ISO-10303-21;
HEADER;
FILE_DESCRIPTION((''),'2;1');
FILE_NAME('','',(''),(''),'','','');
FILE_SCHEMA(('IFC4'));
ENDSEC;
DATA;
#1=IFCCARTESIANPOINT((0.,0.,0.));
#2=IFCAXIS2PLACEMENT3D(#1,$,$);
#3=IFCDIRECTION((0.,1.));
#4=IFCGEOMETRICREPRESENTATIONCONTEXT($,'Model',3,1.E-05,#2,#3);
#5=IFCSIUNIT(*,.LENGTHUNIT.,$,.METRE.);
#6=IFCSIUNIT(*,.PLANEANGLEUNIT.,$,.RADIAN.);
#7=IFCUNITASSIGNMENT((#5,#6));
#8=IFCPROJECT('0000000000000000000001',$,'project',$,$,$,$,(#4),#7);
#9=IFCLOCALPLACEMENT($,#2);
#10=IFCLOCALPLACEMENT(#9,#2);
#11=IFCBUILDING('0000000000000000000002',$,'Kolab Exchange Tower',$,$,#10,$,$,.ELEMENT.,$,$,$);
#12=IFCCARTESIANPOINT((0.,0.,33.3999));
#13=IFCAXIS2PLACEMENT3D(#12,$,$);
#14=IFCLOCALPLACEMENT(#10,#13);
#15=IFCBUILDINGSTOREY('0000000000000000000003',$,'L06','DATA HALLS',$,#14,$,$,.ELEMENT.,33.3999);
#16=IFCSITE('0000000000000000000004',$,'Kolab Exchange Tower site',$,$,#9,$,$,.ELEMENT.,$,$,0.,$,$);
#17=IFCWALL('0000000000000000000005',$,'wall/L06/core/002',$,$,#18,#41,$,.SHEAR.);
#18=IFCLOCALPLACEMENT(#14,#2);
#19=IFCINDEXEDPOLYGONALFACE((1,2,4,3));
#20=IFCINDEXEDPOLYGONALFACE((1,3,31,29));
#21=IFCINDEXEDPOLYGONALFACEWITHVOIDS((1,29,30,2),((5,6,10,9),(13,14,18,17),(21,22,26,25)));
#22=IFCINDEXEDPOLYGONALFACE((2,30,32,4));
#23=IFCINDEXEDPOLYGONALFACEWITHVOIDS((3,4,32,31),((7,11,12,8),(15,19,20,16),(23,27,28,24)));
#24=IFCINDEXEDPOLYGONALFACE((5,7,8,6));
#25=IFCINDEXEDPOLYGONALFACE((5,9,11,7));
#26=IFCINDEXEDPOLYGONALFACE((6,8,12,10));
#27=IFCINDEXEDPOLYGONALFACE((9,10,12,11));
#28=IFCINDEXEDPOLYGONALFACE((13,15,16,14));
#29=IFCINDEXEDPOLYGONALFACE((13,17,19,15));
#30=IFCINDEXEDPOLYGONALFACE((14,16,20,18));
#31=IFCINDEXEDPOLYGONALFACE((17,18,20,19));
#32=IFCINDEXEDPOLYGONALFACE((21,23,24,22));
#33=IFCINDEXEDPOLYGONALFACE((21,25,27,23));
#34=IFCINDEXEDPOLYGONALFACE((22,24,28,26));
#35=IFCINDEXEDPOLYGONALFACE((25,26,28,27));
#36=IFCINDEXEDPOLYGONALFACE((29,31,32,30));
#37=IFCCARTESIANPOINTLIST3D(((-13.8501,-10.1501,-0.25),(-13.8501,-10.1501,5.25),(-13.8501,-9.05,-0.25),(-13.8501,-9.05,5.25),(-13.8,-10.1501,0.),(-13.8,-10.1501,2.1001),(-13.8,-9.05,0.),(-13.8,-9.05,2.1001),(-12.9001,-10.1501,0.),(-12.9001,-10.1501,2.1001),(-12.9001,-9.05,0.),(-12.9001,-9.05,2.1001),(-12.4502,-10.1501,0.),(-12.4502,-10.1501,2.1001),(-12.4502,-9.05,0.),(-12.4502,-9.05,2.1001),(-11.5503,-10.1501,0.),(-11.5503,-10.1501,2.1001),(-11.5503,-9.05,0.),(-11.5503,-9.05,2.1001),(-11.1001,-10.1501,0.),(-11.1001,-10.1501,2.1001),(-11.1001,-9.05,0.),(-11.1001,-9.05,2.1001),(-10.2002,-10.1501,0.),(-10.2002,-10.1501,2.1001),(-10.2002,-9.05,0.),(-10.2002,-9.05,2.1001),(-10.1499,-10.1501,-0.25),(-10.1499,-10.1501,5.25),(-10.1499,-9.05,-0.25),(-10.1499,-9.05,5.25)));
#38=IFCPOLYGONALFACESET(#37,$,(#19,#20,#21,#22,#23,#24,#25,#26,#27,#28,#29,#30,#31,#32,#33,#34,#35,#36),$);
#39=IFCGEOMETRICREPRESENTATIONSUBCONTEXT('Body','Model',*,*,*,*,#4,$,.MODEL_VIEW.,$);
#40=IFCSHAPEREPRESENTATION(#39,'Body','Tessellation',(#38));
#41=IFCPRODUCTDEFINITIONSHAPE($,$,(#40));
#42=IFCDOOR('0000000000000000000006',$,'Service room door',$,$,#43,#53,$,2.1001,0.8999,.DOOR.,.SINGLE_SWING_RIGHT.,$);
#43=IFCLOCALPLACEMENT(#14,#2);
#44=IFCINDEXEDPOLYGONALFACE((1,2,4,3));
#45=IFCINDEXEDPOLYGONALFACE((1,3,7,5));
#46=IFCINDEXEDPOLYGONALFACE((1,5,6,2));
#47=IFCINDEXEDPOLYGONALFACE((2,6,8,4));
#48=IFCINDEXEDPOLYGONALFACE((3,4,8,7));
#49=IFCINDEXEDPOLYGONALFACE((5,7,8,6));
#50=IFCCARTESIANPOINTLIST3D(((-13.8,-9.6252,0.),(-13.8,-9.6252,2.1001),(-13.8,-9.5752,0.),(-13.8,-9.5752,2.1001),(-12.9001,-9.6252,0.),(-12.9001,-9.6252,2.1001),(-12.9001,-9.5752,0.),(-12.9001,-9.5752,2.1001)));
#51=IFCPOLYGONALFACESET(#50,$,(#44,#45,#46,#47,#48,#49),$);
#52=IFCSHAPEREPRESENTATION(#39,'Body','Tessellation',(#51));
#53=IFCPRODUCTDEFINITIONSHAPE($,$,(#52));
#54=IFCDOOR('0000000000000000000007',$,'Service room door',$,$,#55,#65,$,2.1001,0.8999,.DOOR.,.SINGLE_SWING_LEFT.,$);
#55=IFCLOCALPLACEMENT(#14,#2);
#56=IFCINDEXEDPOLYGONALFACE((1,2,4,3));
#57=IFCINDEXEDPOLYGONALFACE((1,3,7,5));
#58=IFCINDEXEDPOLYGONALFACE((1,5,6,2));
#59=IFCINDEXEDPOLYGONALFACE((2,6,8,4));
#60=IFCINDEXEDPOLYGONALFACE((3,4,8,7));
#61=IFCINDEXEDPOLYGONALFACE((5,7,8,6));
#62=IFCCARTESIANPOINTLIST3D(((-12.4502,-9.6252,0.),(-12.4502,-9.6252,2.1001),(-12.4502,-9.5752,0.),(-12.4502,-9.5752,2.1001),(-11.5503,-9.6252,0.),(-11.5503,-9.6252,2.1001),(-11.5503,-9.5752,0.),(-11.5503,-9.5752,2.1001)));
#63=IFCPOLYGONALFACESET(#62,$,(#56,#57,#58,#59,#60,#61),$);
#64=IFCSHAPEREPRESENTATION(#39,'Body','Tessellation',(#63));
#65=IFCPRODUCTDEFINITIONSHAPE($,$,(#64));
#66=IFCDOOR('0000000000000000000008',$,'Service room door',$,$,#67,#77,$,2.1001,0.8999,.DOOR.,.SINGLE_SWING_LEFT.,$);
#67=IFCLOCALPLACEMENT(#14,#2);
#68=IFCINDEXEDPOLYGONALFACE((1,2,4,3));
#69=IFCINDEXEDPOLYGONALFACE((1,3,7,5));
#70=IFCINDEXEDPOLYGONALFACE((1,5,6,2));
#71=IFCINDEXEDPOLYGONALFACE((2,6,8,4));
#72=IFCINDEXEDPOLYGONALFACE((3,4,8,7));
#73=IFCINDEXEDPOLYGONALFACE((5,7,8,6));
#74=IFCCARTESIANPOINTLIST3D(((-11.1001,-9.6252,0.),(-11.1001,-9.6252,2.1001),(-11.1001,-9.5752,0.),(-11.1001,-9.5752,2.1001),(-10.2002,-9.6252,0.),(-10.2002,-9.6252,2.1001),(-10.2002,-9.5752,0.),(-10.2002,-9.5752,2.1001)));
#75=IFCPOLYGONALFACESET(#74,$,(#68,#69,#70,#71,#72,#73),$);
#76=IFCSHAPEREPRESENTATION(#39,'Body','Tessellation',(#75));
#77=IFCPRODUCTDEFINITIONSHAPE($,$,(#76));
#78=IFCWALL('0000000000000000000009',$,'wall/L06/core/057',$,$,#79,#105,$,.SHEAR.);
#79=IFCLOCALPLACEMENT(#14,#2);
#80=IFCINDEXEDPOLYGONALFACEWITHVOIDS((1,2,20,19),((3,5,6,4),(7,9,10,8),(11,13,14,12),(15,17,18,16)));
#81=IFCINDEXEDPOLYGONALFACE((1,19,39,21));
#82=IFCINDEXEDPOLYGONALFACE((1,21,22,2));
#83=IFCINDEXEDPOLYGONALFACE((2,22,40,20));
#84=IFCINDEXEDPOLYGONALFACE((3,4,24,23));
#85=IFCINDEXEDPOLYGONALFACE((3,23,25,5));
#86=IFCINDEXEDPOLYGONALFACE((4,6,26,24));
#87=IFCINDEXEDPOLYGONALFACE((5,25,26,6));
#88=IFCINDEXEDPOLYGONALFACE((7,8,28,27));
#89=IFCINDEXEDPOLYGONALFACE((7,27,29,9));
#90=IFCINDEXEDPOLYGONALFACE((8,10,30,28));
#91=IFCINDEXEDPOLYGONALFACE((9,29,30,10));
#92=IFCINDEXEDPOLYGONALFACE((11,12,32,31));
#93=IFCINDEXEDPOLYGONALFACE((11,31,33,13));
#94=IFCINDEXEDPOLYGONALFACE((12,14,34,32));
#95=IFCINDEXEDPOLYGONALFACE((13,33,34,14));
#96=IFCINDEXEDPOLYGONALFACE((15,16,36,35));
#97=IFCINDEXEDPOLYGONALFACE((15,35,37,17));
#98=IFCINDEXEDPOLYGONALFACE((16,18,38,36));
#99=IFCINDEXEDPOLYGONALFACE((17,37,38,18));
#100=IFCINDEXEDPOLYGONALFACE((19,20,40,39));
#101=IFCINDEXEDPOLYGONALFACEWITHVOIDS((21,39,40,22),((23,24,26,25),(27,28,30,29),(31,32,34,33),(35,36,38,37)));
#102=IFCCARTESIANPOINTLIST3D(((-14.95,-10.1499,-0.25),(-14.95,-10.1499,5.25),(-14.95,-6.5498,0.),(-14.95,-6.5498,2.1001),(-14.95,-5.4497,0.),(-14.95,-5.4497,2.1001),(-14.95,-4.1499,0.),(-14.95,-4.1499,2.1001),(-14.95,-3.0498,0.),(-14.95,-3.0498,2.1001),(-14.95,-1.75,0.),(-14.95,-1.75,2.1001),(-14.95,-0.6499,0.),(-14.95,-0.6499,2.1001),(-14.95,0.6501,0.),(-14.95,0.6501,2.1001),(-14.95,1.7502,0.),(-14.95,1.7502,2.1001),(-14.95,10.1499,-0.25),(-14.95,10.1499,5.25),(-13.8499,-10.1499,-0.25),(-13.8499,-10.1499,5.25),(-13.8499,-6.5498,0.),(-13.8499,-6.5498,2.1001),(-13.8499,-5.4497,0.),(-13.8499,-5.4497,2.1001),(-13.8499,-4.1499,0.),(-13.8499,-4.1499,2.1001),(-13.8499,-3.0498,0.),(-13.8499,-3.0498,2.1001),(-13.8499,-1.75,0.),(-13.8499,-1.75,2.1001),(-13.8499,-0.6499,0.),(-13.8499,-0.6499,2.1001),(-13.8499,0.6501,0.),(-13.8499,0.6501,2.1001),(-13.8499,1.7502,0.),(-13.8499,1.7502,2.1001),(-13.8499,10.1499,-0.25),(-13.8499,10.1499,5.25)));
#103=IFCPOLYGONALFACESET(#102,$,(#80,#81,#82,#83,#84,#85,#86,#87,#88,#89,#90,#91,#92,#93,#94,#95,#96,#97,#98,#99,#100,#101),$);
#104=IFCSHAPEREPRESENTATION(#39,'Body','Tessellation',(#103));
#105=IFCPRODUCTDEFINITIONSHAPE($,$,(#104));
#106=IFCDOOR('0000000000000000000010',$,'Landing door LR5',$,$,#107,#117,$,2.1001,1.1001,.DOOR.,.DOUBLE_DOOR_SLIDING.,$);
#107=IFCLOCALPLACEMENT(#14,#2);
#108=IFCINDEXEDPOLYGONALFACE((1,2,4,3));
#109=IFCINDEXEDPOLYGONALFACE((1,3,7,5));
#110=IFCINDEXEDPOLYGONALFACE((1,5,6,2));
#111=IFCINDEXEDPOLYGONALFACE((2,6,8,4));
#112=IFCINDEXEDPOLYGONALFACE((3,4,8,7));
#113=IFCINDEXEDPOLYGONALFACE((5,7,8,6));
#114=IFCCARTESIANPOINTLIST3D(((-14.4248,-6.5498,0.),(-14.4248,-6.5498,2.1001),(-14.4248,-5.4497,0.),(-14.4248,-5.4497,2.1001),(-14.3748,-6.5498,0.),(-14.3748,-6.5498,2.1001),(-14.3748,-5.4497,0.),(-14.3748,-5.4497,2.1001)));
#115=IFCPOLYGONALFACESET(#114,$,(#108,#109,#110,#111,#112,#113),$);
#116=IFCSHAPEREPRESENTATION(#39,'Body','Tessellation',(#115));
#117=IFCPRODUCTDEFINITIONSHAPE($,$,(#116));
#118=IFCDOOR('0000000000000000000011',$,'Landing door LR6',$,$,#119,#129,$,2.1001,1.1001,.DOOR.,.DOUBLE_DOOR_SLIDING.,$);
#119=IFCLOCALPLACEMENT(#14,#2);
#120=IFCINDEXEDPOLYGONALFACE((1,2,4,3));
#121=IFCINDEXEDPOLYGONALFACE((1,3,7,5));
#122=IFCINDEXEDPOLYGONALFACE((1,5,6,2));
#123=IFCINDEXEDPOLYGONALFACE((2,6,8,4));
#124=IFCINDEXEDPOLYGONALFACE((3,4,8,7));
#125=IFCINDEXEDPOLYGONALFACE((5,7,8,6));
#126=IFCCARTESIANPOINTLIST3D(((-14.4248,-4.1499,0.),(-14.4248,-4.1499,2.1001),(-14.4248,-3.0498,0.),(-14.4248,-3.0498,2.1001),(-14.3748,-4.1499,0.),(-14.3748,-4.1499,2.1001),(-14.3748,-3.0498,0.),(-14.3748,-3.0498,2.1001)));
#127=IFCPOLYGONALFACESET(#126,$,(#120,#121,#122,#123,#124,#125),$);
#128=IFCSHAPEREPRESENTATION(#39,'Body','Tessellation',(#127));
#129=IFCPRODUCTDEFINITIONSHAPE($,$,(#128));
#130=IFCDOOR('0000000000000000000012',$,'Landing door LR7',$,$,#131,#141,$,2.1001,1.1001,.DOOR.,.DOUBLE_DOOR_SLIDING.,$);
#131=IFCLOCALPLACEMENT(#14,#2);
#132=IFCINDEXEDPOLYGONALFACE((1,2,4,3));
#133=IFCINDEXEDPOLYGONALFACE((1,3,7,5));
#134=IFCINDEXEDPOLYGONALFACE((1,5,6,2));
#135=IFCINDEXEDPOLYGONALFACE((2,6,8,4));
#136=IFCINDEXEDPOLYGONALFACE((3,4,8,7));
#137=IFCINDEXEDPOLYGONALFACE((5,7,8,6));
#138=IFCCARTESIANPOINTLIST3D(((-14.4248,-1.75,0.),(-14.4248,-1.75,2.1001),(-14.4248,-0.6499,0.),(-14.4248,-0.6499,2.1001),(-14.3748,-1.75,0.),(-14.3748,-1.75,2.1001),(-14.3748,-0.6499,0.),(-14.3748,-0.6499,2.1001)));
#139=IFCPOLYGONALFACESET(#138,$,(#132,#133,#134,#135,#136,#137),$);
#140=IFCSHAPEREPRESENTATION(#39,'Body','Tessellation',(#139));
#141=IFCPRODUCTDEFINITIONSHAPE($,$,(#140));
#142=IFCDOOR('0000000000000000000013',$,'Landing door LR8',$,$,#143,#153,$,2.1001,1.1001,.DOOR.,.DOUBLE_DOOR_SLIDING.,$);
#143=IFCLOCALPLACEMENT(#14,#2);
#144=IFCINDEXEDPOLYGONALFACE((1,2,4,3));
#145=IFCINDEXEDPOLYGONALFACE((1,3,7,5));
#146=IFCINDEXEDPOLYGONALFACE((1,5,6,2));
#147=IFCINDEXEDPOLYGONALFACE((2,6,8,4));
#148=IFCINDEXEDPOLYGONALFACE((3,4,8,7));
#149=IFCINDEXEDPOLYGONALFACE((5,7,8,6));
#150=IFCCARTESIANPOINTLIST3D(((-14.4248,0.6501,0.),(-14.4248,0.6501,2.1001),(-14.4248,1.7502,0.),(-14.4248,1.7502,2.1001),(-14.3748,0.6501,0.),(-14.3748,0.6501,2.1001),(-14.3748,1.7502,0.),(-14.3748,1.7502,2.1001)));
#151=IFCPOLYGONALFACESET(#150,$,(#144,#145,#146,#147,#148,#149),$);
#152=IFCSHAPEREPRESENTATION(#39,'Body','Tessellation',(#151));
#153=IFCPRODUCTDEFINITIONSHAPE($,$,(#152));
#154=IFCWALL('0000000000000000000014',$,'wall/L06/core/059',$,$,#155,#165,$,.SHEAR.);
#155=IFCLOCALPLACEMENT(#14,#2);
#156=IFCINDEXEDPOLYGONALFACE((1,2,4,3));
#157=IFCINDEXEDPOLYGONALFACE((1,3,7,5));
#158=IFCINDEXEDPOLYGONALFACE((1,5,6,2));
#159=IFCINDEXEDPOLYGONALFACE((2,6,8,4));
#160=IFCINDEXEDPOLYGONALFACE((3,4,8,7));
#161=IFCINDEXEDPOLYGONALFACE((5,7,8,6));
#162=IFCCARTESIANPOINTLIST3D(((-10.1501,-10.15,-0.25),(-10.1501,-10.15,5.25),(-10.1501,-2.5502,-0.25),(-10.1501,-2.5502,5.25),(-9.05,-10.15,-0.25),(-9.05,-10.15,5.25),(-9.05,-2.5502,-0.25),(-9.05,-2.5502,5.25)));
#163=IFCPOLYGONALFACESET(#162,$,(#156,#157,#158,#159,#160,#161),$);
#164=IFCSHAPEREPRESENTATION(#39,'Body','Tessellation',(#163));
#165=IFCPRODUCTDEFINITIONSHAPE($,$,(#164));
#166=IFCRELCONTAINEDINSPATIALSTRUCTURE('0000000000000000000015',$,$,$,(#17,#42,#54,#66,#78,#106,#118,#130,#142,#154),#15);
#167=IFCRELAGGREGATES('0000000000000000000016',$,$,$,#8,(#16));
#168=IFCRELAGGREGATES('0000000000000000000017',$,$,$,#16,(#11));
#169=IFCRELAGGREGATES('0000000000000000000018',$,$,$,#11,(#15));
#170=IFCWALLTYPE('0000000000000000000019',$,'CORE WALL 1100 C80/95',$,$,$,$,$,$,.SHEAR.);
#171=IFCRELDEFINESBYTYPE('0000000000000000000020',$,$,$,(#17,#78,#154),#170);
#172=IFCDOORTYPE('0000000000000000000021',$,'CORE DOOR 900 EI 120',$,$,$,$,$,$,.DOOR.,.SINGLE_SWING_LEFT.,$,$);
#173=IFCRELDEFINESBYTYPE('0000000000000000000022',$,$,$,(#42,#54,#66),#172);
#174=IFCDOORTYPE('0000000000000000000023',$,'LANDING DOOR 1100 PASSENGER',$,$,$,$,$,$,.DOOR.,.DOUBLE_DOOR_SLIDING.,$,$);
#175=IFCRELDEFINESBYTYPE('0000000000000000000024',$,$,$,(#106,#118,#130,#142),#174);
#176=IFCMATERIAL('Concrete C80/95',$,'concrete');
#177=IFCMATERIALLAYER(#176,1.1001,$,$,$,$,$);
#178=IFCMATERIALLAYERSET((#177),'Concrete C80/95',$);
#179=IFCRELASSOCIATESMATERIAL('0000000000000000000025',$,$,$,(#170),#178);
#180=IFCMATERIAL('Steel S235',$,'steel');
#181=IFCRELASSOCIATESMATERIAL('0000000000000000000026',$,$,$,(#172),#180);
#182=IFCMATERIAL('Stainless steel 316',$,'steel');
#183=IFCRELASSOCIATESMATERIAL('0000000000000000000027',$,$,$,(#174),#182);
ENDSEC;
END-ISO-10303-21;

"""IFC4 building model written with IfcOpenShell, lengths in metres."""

from ifc_helpers import new_model, si_unit, direction, frame, frame_2d, origin, place, context, subcontext, project, spatial, rectangle, extrude, material, layer, layer_set, type_object, element, fill, save


model = new_model("IFC4")

# Units and contexts
model_context = context("Model", 3, precision=1e-05, world=origin(), true_north=direction((0.0, 1.0)))
body_context = subcontext(model_context, "Body", "Model", "MODEL_VIEW")
ifc_project = project(units=[si_unit("LENGTHUNIT", "METRE"), si_unit("PLANEANGLEUNIT", "RADIAN")], contexts=[model_context])

# Site, building, storey
site_placement = place(None, origin())
site = spatial("IfcSite", under=ifc_project, at=site_placement, Name="Kolab Exchange Tower site", CompositionType="ELEMENT", RefElevation=0.0)
building_placement = place(site_placement, origin())
building = spatial("IfcBuilding", under=site, at=building_placement, Name="Kolab Exchange Tower", CompositionType="ELEMENT")
storey_placement = place(building_placement, frame((0.0, 0.0, 33.3999)))
storey = spatial("IfcBuildingStorey", under=building, at=storey_placement, Name="L06", Description="DATA HALLS", CompositionType="ELEMENT", Elevation=33.3999)

# Walls, openings, doors
ifc_material_1 = material(Name="Concrete C80/95", Category="concrete")
ifc_layer_1 = layer(ifc_material_1, 1.1001)
ifc_layer_set_1 = layer_set([ifc_layer_1], Name="Concrete C80/95")
wall_type_1 = type_object("IfcWallType", Name="CORE WALL 1100 C80/95", PredefinedType="SHEAR", material=ifc_layer_set_1)
wall_1_placement = place(storey_placement, frame((-13.8501, -9.6001, -0.25), z_axis=(0.0, 0.0, 1.0), x_axis=(1.0, 0.0, 0.0)))
wall_1 = element("IfcWall", 1, at=wall_1_placement, inside=storey, type_object=wall_type_1, Name="wall/L06/core/002", PredefinedType="SHEAR", context=body_context, shape_type="SweptSolid", body=[
    extrude(rectangle(XDim=3.7002, YDim=1.1001, at=frame_2d((1.8501, 0.0))), origin(), (0.0, 0.0, 1.0), 5.5),
])
opening_1_placement = place(wall_1_placement, frame((0.05, 0.0, 0.25)))
opening_1 = element("IfcOpeningElement", 2, at=opening_1_placement, cuts=wall_1, PredefinedType="OPENING", context=body_context, shape_type="SweptSolid", body=[
    extrude(rectangle(XDim=0.8999, YDim=2.1001, at=frame_2d((0.45, 1.05))), frame((0.0, 0.5601, 0.0), z_axis=(0.0, -1.0, 0.0), x_axis=(1.0, 0.0, 0.0)), (0.0, 0.0, 1.0), 1.1201),
])
opening_2_placement = place(wall_1_placement, frame((1.3999, 0.0, 0.25)))
opening_2 = element("IfcOpeningElement", 3, at=opening_2_placement, cuts=wall_1, PredefinedType="OPENING", context=body_context, shape_type="SweptSolid", body=[
    extrude(rectangle(XDim=0.8999, YDim=2.1001, at=frame_2d((0.45, 1.05))), frame((0.0, 0.5601, 0.0), z_axis=(0.0, -1.0, 0.0), x_axis=(1.0, 0.0, 0.0)), (0.0, 0.0, 1.0), 1.1201),
])
opening_3_placement = place(wall_1_placement, frame((2.75, 0.0, 0.25)))
opening_3 = element("IfcOpeningElement", 4, at=opening_3_placement, cuts=wall_1, PredefinedType="OPENING", context=body_context, shape_type="SweptSolid", body=[
    extrude(rectangle(XDim=0.8999, YDim=2.1001, at=frame_2d((0.45, 1.05))), frame((0.0, 0.5601, 0.0), z_axis=(0.0, -1.0, 0.0), x_axis=(1.0, 0.0, 0.0)), (0.0, 0.0, 1.0), 1.1201),
])
ifc_material_2 = material(Name="Steel S235", Category="steel")
door_type_1 = type_object("IfcDoorType", Name="CORE DOOR 900 EI 120", OperationType="SINGLE_SWING_LEFT", PredefinedType="DOOR", material=ifc_material_2)
door_1_placement = place(opening_1_placement, origin())
door_1 = element("IfcDoor", 5, at=door_1_placement, inside=storey, type_object=door_type_1, Name="Service room door", OperationType="SINGLE_SWING_RIGHT", OverallHeight=2.1001, OverallWidth=0.8999, PredefinedType="DOOR", context=body_context, shape_type="SweptSolid", body=[
    extrude(rectangle(XDim=0.8999, YDim=2.1001, at=frame_2d((0.45, 1.05))), frame((0.0, 0.0249, 0.0), z_axis=(0.0, -1.0, 0.0), x_axis=(1.0, 0.0, 0.0)), (0.0, 0.0, 1.0), 0.05),
])
fill(opening_1, door_1)
door_2_placement = place(opening_2_placement, origin())
door_2 = element("IfcDoor", 6, at=door_2_placement, inside=storey, type_object=door_type_1, Name="Service room door", OperationType="SINGLE_SWING_LEFT", OverallHeight=2.1001, OverallWidth=0.8999, PredefinedType="DOOR", context=body_context, shape_type="SweptSolid", body=[
    extrude(rectangle(XDim=0.8999, YDim=2.1001, at=frame_2d((0.45, 1.05))), frame((0.0, 0.0249, 0.0), z_axis=(0.0, -1.0, 0.0), x_axis=(1.0, 0.0, 0.0)), (0.0, 0.0, 1.0), 0.05),
])
fill(opening_2, door_2)
door_3_placement = place(opening_3_placement, origin())
door_3 = element("IfcDoor", 7, at=door_3_placement, inside=storey, type_object=door_type_1, Name="Service room door", OperationType="SINGLE_SWING_LEFT", OverallHeight=2.1001, OverallWidth=0.8999, PredefinedType="DOOR", context=body_context, shape_type="SweptSolid", body=[
    extrude(rectangle(XDim=0.8999, YDim=2.1001, at=frame_2d((0.45, 1.05))), frame((0.0, 0.0249, 0.0), z_axis=(0.0, -1.0, 0.0), x_axis=(1.0, 0.0, 0.0)), (0.0, 0.0, 1.0), 0.05),
])
fill(opening_3, door_3)
wall_2_placement = place(storey_placement, frame((-14.3999, -10.1499, -0.25), z_axis=(0.0, 0.0, 1.0), x_axis=(0.0, 1.0, 0.0)))
wall_2 = element("IfcWall", 8, at=wall_2_placement, inside=storey, type_object=wall_type_1, Name="wall/L06/core/057", PredefinedType="SHEAR", context=body_context, shape_type="SweptSolid", body=[
    extrude(rectangle(XDim=20.2998, YDim=1.1001, at=frame_2d((10.1499, 0.0))), origin(), (0.0, 0.0, 1.0), 5.5),
])
opening_4_placement = place(wall_2_placement, frame((3.6001, 0.0, 0.25)))
opening_4 = element("IfcOpeningElement", 9, at=opening_4_placement, cuts=wall_2, PredefinedType="OPENING", context=body_context, shape_type="SweptSolid", body=[
    extrude(rectangle(XDim=1.1001, YDim=2.1001, at=frame_2d((0.55, 1.05))), frame((0.0, 0.5601, 0.0), z_axis=(0.0, -1.0, 0.0), x_axis=(1.0, 0.0, 0.0)), (0.0, 0.0, 1.0), 1.1201),
])
opening_5_placement = place(wall_2_placement, frame((6.0, 0.0, 0.25)))
opening_5 = element("IfcOpeningElement", 10, at=opening_5_placement, cuts=wall_2, PredefinedType="OPENING", context=body_context, shape_type="SweptSolid", body=[
    extrude(rectangle(XDim=1.1001, YDim=2.1001, at=frame_2d((0.55, 1.05))), frame((0.0, 0.5601, 0.0), z_axis=(0.0, -1.0, 0.0), x_axis=(1.0, 0.0, 0.0)), (0.0, 0.0, 1.0), 1.1201),
])
opening_6_placement = place(wall_2_placement, frame((8.3999, 0.0, 0.25)))
opening_6 = element("IfcOpeningElement", 11, at=opening_6_placement, cuts=wall_2, PredefinedType="OPENING", context=body_context, shape_type="SweptSolid", body=[
    extrude(rectangle(XDim=1.1001, YDim=2.1001, at=frame_2d((0.55, 1.05))), frame((0.0, 0.5601, 0.0), z_axis=(0.0, -1.0, 0.0), x_axis=(1.0, 0.0, 0.0)), (0.0, 0.0, 1.0), 1.1201),
])
opening_7_placement = place(wall_2_placement, frame((10.8, 0.0, 0.25)))
opening_7 = element("IfcOpeningElement", 12, at=opening_7_placement, cuts=wall_2, PredefinedType="OPENING", context=body_context, shape_type="SweptSolid", body=[
    extrude(rectangle(XDim=1.1001, YDim=2.1001, at=frame_2d((0.55, 1.05))), frame((0.0, 0.5601, 0.0), z_axis=(0.0, -1.0, 0.0), x_axis=(1.0, 0.0, 0.0)), (0.0, 0.0, 1.0), 1.1201),
])
ifc_material_3 = material(Name="Stainless steel 316", Category="steel")
door_type_2 = type_object("IfcDoorType", Name="LANDING DOOR 1100 PASSENGER", OperationType="DOUBLE_DOOR_SLIDING", PredefinedType="DOOR", material=ifc_material_3)
door_4_placement = place(opening_4_placement, origin())
door_4 = element("IfcDoor", 13, at=door_4_placement, inside=storey, type_object=door_type_2, Name="Landing door LR5", OperationType="DOUBLE_DOOR_SLIDING", OverallHeight=2.1001, OverallWidth=1.1001, PredefinedType="DOOR", context=body_context, shape_type="SweptSolid", body=[
    extrude(rectangle(XDim=1.1001, YDim=2.1001, at=frame_2d((0.55, 1.05))), frame((0.0, 0.0249, 0.0), z_axis=(0.0, -1.0, 0.0), x_axis=(1.0, 0.0, 0.0)), (0.0, 0.0, 1.0), 0.05),
])
fill(opening_4, door_4)
door_5_placement = place(opening_5_placement, origin())
door_5 = element("IfcDoor", 14, at=door_5_placement, inside=storey, type_object=door_type_2, Name="Landing door LR6", OperationType="DOUBLE_DOOR_SLIDING", OverallHeight=2.1001, OverallWidth=1.1001, PredefinedType="DOOR", context=body_context, shape_type="SweptSolid", body=[
    extrude(rectangle(XDim=1.1001, YDim=2.1001, at=frame_2d((0.55, 1.05))), frame((0.0, 0.0249, 0.0), z_axis=(0.0, -1.0, 0.0), x_axis=(1.0, 0.0, 0.0)), (0.0, 0.0, 1.0), 0.05),
])
fill(opening_5, door_5)
door_6_placement = place(opening_6_placement, origin())
door_6 = element("IfcDoor", 15, at=door_6_placement, inside=storey, type_object=door_type_2, Name="Landing door LR7", OperationType="DOUBLE_DOOR_SLIDING", OverallHeight=2.1001, OverallWidth=1.1001, PredefinedType="DOOR", context=body_context, shape_type="SweptSolid", body=[
    extrude(rectangle(XDim=1.1001, YDim=2.1001, at=frame_2d((0.55, 1.05))), frame((0.0, 0.0249, 0.0), z_axis=(0.0, -1.0, 0.0), x_axis=(1.0, 0.0, 0.0)), (0.0, 0.0, 1.0), 0.05),
])
fill(opening_6, door_6)
door_7_placement = place(opening_7_placement, origin())
door_7 = element("IfcDoor", 16, at=door_7_placement, inside=storey, type_object=door_type_2, Name="Landing door LR8", OperationType="DOUBLE_DOOR_SLIDING", OverallHeight=2.1001, OverallWidth=1.1001, PredefinedType="DOOR", context=body_context, shape_type="SweptSolid", body=[
    extrude(rectangle(XDim=1.1001, YDim=2.1001, at=frame_2d((0.55, 1.05))), frame((0.0, 0.0249, 0.0), z_axis=(0.0, -1.0, 0.0), x_axis=(1.0, 0.0, 0.0)), (0.0, 0.0, 1.0), 0.05),
])
fill(opening_7, door_7)

# Wall
wall_3_placement = place(storey_placement, frame((-9.6001, -10.1499, -0.25), z_axis=(0.0, 0.0, 1.0), x_axis=(0.0, 1.0, 0.0)))
element("IfcWall", 17, at=wall_3_placement, inside=storey, type_object=wall_type_1, Name="wall/L06/core/059", PredefinedType="SHEAR", context=body_context, shape_type="SweptSolid", body=[
    extrude(rectangle(XDim=7.5999, YDim=1.1001, at=frame_2d((3.7998, 0.0))), origin(), (0.0, 0.0, 1.0), 5.5),
])

save(model, "model.ifc")
